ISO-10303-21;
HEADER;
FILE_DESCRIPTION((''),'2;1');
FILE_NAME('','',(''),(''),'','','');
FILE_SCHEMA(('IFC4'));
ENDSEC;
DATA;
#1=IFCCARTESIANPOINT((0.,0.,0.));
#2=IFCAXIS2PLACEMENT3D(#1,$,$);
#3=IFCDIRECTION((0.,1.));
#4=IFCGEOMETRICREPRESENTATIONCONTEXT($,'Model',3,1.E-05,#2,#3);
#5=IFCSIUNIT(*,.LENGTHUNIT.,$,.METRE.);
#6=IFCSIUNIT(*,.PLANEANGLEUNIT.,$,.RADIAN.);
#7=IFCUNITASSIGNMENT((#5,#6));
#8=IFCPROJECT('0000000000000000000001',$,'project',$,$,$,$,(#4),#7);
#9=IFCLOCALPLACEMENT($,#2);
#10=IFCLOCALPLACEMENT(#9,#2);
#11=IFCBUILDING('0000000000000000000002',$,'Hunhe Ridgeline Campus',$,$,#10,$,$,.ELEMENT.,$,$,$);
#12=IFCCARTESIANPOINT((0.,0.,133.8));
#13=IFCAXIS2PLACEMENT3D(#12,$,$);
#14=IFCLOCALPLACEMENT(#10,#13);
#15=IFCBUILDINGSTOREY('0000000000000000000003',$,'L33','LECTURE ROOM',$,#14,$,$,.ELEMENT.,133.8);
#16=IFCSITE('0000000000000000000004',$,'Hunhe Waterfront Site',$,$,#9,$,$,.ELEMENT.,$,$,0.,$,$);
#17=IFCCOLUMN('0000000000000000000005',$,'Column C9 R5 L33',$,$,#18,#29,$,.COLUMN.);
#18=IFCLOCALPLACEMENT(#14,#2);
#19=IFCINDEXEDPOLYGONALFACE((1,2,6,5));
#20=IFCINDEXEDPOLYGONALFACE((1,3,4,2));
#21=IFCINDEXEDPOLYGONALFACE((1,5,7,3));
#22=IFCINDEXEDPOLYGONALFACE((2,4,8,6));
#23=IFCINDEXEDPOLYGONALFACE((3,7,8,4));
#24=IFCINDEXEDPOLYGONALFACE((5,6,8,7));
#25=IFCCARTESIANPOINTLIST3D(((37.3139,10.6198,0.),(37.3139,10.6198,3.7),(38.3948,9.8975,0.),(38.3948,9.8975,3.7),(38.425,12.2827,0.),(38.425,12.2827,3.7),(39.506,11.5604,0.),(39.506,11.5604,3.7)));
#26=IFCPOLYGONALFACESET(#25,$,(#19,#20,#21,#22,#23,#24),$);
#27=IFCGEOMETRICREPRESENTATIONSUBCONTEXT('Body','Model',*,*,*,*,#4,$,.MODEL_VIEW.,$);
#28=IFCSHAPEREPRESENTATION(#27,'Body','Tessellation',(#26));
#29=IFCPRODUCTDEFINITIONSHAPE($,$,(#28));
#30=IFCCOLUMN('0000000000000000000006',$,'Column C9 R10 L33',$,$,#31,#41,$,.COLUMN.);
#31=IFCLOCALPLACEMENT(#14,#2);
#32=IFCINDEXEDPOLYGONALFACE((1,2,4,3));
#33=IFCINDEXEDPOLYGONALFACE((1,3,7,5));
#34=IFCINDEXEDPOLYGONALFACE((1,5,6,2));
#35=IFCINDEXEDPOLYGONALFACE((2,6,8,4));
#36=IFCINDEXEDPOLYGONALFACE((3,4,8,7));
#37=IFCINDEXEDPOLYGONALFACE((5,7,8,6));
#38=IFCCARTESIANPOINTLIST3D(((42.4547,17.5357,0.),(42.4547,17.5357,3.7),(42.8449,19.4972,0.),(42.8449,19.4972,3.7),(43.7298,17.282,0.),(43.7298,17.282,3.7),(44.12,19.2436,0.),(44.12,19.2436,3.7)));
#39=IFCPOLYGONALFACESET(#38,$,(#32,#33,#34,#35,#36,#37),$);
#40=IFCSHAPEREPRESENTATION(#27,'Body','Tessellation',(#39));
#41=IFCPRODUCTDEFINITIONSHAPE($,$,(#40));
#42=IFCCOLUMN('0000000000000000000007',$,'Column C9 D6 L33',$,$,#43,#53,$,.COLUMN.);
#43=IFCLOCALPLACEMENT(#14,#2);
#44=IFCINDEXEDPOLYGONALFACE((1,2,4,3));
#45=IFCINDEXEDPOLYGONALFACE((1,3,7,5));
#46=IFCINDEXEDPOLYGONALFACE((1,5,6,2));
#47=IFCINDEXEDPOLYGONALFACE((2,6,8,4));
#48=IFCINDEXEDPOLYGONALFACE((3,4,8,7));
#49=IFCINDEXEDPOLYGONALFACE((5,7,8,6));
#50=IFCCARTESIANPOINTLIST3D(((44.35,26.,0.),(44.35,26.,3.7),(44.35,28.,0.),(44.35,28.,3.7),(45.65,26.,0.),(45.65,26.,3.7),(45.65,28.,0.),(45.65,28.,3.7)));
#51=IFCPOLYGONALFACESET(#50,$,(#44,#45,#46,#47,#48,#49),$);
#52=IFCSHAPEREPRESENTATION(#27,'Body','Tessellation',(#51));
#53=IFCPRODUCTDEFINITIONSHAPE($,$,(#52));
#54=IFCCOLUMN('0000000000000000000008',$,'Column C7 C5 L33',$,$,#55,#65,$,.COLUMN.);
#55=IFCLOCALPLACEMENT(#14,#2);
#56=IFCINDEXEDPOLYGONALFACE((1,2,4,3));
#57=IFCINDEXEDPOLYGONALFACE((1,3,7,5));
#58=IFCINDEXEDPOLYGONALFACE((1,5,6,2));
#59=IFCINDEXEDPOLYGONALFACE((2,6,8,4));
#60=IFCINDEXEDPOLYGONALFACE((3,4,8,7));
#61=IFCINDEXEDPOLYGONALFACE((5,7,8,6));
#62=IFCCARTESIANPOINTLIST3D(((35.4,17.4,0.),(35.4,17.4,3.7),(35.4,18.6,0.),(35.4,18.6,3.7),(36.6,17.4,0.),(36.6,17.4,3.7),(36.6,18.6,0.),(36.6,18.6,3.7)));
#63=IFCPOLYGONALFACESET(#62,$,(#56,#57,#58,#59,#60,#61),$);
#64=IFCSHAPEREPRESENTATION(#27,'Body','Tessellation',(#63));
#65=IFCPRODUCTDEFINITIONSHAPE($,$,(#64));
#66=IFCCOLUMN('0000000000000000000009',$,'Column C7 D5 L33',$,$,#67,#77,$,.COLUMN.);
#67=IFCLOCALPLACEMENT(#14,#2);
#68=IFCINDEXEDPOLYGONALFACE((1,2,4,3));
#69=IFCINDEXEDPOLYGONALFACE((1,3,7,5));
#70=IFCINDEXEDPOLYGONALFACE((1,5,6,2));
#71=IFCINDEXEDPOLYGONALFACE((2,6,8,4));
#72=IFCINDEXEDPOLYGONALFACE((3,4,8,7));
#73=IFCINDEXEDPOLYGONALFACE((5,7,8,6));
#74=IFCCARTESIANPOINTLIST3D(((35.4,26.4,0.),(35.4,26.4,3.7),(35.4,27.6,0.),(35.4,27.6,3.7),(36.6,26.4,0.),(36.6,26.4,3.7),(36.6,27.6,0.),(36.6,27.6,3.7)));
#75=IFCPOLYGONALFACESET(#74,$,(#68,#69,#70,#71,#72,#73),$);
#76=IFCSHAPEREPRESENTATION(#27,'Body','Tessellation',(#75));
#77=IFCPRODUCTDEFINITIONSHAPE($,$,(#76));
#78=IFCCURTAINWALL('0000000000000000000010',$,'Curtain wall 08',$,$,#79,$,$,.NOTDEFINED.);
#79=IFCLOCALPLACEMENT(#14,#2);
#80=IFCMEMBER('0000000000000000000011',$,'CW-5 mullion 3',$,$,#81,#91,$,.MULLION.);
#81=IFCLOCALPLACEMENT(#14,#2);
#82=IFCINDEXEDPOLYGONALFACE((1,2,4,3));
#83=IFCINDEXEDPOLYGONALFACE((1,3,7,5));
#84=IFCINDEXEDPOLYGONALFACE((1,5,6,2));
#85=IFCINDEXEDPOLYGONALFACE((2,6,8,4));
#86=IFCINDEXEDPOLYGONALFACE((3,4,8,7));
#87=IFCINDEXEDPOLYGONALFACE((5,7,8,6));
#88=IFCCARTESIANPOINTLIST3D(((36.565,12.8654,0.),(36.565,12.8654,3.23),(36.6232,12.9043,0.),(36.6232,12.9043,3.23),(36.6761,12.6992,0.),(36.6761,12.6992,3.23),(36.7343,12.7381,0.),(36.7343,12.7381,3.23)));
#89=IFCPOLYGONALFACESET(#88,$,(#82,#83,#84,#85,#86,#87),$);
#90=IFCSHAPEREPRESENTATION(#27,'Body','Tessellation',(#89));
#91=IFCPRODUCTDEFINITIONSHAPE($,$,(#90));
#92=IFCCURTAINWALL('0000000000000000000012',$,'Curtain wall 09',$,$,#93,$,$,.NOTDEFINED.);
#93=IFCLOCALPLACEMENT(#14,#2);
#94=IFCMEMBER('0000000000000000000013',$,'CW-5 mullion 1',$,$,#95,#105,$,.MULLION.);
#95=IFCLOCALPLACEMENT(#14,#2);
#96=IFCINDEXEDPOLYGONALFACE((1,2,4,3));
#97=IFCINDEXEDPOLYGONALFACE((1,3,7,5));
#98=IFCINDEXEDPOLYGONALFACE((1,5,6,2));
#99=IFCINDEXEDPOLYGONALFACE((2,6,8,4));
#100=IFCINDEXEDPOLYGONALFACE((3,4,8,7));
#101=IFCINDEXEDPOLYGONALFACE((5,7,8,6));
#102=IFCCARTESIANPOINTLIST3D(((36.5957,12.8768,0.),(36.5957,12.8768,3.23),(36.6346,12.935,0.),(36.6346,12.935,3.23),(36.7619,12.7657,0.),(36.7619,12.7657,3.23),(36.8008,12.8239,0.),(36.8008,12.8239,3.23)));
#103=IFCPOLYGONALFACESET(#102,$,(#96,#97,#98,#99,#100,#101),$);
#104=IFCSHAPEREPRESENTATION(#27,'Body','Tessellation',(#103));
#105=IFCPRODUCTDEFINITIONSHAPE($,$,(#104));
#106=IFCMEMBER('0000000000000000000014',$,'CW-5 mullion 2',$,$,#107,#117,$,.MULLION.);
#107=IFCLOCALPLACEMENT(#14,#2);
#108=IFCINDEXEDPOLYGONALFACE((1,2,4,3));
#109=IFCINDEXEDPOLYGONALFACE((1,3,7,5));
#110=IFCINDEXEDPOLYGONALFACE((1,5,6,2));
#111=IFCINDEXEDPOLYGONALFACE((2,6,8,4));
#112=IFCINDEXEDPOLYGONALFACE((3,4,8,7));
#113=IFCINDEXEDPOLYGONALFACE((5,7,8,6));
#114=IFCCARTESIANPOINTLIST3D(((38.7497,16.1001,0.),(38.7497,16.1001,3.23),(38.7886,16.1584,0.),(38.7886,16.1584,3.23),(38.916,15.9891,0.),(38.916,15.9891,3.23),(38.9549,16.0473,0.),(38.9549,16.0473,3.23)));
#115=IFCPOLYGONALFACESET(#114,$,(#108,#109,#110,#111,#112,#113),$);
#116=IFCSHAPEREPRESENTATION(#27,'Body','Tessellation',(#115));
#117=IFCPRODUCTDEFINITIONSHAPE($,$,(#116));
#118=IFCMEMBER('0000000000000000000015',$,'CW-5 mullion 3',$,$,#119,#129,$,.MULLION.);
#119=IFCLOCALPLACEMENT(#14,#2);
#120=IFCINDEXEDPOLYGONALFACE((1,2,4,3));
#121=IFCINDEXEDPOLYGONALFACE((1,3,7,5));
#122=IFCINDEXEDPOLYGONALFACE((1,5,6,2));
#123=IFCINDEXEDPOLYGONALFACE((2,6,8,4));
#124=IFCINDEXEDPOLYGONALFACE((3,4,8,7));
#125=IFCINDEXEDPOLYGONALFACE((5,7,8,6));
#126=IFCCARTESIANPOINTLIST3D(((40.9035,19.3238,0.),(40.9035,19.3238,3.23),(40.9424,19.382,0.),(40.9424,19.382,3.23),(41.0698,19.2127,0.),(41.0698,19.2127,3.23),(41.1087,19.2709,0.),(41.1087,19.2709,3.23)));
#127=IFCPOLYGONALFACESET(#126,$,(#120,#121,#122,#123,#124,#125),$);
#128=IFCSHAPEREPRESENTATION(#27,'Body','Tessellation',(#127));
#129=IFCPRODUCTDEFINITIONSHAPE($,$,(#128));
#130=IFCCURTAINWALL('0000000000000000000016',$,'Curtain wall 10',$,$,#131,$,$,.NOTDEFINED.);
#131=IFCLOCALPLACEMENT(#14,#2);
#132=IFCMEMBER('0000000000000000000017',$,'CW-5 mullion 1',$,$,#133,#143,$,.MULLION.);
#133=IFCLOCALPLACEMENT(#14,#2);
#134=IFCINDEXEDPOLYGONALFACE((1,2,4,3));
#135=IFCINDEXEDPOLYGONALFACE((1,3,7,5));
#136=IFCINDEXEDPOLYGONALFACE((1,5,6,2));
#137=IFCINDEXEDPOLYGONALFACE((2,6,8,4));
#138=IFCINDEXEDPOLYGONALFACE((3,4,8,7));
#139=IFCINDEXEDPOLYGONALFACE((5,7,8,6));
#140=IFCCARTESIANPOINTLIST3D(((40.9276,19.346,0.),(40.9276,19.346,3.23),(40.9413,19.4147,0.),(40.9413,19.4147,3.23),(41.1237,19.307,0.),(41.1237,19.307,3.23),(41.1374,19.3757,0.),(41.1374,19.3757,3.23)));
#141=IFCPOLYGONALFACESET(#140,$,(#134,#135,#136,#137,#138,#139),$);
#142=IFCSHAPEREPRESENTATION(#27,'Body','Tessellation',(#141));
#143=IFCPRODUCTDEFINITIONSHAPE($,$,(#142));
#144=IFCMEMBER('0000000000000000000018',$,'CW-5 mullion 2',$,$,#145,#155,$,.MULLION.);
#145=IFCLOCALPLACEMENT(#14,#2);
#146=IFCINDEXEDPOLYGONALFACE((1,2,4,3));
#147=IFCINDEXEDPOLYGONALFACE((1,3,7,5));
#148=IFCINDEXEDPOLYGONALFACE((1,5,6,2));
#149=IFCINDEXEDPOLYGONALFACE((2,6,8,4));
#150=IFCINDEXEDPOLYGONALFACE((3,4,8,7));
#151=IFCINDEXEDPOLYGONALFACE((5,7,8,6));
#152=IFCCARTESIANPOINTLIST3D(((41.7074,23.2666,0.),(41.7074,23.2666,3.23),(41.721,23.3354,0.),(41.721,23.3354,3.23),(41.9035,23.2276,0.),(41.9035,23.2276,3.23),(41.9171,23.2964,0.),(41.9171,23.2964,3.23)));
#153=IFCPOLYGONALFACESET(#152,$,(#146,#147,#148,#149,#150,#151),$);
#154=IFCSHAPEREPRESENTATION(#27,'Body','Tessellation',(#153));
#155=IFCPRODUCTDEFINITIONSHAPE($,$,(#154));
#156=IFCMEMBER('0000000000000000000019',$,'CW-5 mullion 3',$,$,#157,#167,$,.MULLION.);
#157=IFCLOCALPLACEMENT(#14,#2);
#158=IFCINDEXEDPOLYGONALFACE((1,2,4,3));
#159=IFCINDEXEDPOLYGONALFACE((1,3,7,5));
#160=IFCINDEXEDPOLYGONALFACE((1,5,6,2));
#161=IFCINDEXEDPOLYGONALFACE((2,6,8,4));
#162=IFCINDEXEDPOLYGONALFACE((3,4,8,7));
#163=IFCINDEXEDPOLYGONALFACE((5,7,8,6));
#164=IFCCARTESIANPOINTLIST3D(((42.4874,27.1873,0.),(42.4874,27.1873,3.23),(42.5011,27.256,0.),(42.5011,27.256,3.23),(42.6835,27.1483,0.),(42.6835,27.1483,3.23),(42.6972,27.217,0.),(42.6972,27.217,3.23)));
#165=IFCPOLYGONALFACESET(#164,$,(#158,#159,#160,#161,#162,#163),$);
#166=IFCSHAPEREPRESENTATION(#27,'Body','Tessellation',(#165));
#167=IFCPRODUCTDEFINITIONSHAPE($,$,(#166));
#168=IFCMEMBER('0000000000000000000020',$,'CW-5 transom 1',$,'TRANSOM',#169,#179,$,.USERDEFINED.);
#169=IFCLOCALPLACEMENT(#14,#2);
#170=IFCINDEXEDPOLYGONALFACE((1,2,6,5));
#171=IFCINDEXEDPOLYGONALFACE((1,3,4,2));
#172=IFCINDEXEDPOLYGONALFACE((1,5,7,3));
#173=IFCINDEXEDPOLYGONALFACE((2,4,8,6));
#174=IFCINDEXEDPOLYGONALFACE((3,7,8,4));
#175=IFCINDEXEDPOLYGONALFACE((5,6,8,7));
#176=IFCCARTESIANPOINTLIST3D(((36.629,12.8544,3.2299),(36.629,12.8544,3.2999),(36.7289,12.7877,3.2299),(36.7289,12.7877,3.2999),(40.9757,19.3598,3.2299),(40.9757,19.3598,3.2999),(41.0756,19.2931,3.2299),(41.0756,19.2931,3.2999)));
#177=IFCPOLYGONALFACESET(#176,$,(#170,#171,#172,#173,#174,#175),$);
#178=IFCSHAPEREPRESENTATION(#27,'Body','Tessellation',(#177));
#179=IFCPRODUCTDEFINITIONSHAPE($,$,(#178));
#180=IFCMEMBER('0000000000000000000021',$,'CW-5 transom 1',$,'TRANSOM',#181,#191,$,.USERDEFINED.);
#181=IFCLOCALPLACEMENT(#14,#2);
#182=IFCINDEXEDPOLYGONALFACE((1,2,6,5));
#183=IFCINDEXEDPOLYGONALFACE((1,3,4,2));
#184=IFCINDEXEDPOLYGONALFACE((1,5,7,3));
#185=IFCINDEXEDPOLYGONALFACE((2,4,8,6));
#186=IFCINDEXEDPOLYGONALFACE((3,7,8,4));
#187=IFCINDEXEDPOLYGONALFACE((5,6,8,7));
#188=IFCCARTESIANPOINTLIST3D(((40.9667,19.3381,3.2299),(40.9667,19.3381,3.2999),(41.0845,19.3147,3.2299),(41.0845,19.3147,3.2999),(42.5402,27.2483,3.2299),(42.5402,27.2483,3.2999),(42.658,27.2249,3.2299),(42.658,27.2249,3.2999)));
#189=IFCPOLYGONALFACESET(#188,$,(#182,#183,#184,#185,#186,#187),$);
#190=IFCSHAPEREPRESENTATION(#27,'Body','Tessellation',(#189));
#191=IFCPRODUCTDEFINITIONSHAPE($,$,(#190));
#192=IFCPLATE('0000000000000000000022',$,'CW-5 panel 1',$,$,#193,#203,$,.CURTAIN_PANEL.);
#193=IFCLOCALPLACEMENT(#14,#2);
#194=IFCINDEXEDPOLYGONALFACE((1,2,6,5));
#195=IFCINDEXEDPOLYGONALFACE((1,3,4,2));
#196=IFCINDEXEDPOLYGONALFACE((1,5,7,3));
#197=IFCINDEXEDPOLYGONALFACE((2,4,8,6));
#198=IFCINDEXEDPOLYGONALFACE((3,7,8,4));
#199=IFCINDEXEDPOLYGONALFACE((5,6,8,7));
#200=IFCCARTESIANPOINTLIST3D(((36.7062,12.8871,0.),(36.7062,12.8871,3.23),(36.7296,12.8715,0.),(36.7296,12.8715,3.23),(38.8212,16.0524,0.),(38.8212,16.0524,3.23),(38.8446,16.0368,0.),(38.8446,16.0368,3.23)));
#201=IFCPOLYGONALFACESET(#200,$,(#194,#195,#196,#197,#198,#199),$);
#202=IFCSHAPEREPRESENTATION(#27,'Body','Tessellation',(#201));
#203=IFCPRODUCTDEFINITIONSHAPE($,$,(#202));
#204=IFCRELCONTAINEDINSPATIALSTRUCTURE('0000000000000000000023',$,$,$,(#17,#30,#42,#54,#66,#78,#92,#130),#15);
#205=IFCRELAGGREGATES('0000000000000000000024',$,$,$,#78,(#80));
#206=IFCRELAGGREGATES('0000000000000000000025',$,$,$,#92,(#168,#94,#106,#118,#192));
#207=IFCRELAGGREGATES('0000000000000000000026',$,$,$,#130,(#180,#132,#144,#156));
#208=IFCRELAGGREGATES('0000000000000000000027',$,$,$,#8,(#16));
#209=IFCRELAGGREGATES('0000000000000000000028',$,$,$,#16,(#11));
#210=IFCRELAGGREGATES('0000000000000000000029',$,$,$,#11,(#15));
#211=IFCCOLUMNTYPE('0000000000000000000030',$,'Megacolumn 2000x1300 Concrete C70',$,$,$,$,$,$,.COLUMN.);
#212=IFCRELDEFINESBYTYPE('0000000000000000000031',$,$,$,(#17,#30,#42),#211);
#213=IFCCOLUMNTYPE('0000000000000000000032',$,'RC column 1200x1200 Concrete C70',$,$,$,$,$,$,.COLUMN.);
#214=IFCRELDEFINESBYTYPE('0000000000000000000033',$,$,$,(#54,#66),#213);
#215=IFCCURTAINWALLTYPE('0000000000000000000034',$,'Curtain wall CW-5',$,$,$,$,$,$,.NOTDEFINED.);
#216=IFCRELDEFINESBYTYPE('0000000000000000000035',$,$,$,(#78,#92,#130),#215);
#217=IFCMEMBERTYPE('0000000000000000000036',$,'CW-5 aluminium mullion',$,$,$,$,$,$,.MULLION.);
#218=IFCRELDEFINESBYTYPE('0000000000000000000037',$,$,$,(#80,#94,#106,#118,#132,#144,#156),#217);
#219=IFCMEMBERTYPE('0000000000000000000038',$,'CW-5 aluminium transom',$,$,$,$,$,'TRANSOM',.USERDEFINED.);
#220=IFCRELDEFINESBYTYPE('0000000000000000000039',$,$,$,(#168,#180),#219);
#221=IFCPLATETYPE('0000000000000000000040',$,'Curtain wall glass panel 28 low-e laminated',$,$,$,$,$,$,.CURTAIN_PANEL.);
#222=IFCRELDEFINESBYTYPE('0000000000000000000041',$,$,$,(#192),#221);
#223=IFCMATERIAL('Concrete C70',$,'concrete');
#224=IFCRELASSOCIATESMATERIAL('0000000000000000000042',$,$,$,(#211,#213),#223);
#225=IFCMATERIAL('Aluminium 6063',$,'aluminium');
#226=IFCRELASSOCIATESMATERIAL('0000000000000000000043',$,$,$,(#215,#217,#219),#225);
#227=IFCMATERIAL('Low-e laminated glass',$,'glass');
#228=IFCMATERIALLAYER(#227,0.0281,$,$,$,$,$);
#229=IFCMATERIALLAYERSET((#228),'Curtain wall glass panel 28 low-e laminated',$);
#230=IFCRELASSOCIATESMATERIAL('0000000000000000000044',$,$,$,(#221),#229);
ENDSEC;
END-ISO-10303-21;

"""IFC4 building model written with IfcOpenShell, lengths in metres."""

from ifc_helpers import new_model, si_unit, direction, frame, origin, origin_2d, place, context, subcontext, project, spatial, rectangle, extrude, material, layer, layer_set, material_profile, profile_set, type_object, element, aggregate, save


model = new_model("IFC4")

# Units and contexts
model_context = context("Model", 3, precision=1e-05, world=origin(), true_north=direction((0.0, 1.0)))
body_context = subcontext(model_context, "Body", "Model", "MODEL_VIEW")
ifc_project = project(units=[si_unit("LENGTHUNIT", "METRE"), si_unit("PLANEANGLEUNIT", "RADIAN")], contexts=[model_context])

# Site, building, storey
site_placement = place(None, origin())
site = spatial("IfcSite", under=ifc_project, at=site_placement, Name="Hunhe Waterfront Site", CompositionType="ELEMENT", RefElevation=0.0)
building_placement = place(site_placement, origin())
building = spatial("IfcBuilding", under=site, at=building_placement, Name="Hunhe Ridgeline Campus", CompositionType="ELEMENT")
storey_placement = place(building_placement, frame((0.0, 0.0, 133.8)))
storey = spatial("IfcBuildingStorey", under=building, at=storey_placement, Name="L33", Description="LECTURE ROOM", CompositionType="ELEMENT", Elevation=133.8)

# Columns
ifc_material_1 = material(Name="Concrete C70", Category="concrete")
ifc_material_profile_1 = material_profile(ifc_material_1, rectangle(XDim=2.0, YDim=1.3, at=origin_2d()))
ifc_profile_set_1 = profile_set([ifc_material_profile_1], Name="Concrete C70")
column_type_1 = type_object("IfcColumnType", Name="Megacolumn 2000x1300 Concrete C70", PredefinedType="COLUMN", material=ifc_profile_set_1)
for number, where, z_axis, x_axis, name in (
    (1, (38.4099, 11.0901, 0.0), (0.0, 0.0, 1.0), (0.55557, 0.83147, 0.0), "Column C9 R5 L33"),
    (2, (43.2874, 18.3896, 0.0), (0.0, 0.0, 1.0), (0.19509, 0.980785, 0.0), "Column C9 R10 L33"),
    (3, (45.0, 27.0, 0.0), (0.0, 0.0, 1.0), (0.0, 1.0, 0.0), "Column C9 D6 L33"),
):
    element("IfcColumn", number, at=place(storey_placement, frame(where, z_axis=z_axis, x_axis=x_axis)), inside=storey, type_object=column_type_1, Name=name, PredefinedType="COLUMN", context=body_context, shape_type="SweptSolid", body=[
        extrude(rectangle(XDim=2.0, YDim=1.3, at=origin_2d()), origin(), (0.0, 0.0, 1.0), 3.7),
    ])
ifc_material_profile_2 = material_profile(ifc_material_1, rectangle(XDim=1.2, YDim=1.2, at=origin_2d()))
ifc_profile_set_2 = profile_set([ifc_material_profile_2], Name="Concrete C70")
column_type_2 = type_object("IfcColumnType", Name="RC column 1200x1200 Concrete C70", PredefinedType="COLUMN", material=ifc_profile_set_2)
for number, where, z_axis, x_axis, name in (
    (4, (36.0, 18.0, 0.0), (0.0, 0.0, 1.0), (1.0, 0.0, 0.0), "Column C7 C5 L33"),
    (5, (36.0, 27.0, 0.0), (0.0, 0.0, 1.0), (1.0, 0.0, 0.0), "Column C7 D5 L33"),
):
    element("IfcColumn", number, at=place(storey_placement, frame(where, z_axis=z_axis, x_axis=x_axis)), inside=storey, type_object=column_type_2, Name=name, PredefinedType="COLUMN", context=body_context, shape_type="SweptSolid", body=[
        extrude(rectangle(XDim=1.2, YDim=1.2, at=origin_2d()), origin(), (0.0, 0.0, 1.0), 3.7),
    ])

# Curtain wall, member
ifc_material_2 = material(Name="Aluminium 6063", Category="aluminium")
curtain_wall_type = type_object("IfcCurtainWallType", Name="Curtain wall CW-5", PredefinedType="NOTDEFINED", material=ifc_material_2)
curtain_wall_1_placement = place(storey_placement, origin())
curtain_wall_1 = element("IfcCurtainWall", 6, at=curtain_wall_1_placement, inside=storey, type_object=curtain_wall_type, Name="Curtain wall 08", PredefinedType="NOTDEFINED")
ifc_material_profile_3 = material_profile(ifc_material_2, rectangle(XDim=0.2, YDim=0.0701, at=origin_2d()))
ifc_profile_set_3 = profile_set([ifc_material_profile_3], Name="Aluminium 6063")
member_type_1 = type_object("IfcMemberType", Name="CW-5 aluminium mullion", PredefinedType="MULLION", material=ifc_profile_set_3)
member_1_placement = place(storey_placement, frame((36.6497, 12.8018, 0.0), z_axis=(0.0, 0.0, 1.0), x_axis=(-0.55557, 0.83147, 0.0)))
member_1 = element("IfcMember", 7, at=member_1_placement, type_object=member_type_1, Name="CW-5 mullion 3", PredefinedType="MULLION", context=body_context, shape_type="SweptSolid", body=[
    extrude(rectangle(XDim=0.2, YDim=0.0701, at=origin_2d()), origin(), (0.0, 0.0, 1.0), 3.23),
])
aggregate(curtain_wall_1, [member_1])

# Curtain walls, members
curtain_wall_2_placement = place(storey_placement, origin())
curtain_wall_2 = element("IfcCurtainWall", 8, at=curtain_wall_2_placement, inside=storey, type_object=curtain_wall_type, Name="Curtain wall 09", PredefinedType="NOTDEFINED")
member_2_placement = place(storey_placement, frame((36.6982, 12.8503, 0.0), z_axis=(0.0, 0.0, 1.0), x_axis=(-0.83147, 0.55557, 0.0)))
member_2 = element("IfcMember", 9, at=member_2_placement, type_object=member_type_1, Name="CW-5 mullion 1", PredefinedType="MULLION", context=body_context, shape_type="SweptSolid", body=[
    extrude(rectangle(XDim=0.2, YDim=0.0701, at=origin_2d()), origin(), (0.0, 0.0, 1.0), 3.23),
])
member_3_placement = place(storey_placement, frame((38.8523, 16.0737, 0.0), z_axis=(0.0, 0.0, 1.0), x_axis=(-0.83147, 0.55557, 0.0)))
member_3 = element("IfcMember", 10, at=member_3_placement, type_object=member_type_1, Name="CW-5 mullion 2", PredefinedType="MULLION", context=body_context, shape_type="SweptSolid", body=[
    extrude(rectangle(XDim=0.2, YDim=0.0701, at=origin_2d()), origin(), (0.0, 0.0, 1.0), 3.23),
])
member_4_placement = place(storey_placement, frame((41.0061, 19.2974, 0.0), z_axis=(0.0, 0.0, 1.0), x_axis=(-0.83147, 0.55557, 0.0)))
member_4 = element("IfcMember", 11, at=member_4_placement, type_object=member_type_1, Name="CW-5 mullion 3", PredefinedType="MULLION", context=body_context, shape_type="SweptSolid", body=[
    extrude(rectangle(XDim=0.2, YDim=0.0701, at=origin_2d()), origin(), (0.0, 0.0, 1.0), 3.23),
])
curtain_wall_3_placement = place(storey_placement, origin())
curtain_wall_3 = element("IfcCurtainWall", 12, at=curtain_wall_3_placement, inside=storey, type_object=curtain_wall_type, Name="Curtain wall 10", PredefinedType="NOTDEFINED")
member_5_placement = place(storey_placement, frame((41.0325, 19.3608, 0.0), z_axis=(0.0, 0.0, 1.0), x_axis=(-0.980785, 0.19509, 0.0)))
member_5 = element("IfcMember", 13, at=member_5_placement, type_object=member_type_1, Name="CW-5 mullion 1", PredefinedType="MULLION", context=body_context, shape_type="SweptSolid", body=[
    extrude(rectangle(XDim=0.2, YDim=0.0701, at=origin_2d()), origin(), (0.0, 0.0, 1.0), 3.23),
])
member_6_placement = place(storey_placement, frame((41.8123, 23.2815, 0.0), z_axis=(0.0, 0.0, 1.0), x_axis=(-0.980785, 0.19509, 0.0)))
member_6 = element("IfcMember", 14, at=member_6_placement, type_object=member_type_1, Name="CW-5 mullion 2", PredefinedType="MULLION", context=body_context, shape_type="SweptSolid", body=[
    extrude(rectangle(XDim=0.2, YDim=0.0701, at=origin_2d()), origin(), (0.0, 0.0, 1.0), 3.23),
])
member_7_placement = place(storey_placement, frame((42.5923, 27.2021, 0.0), z_axis=(0.0, 0.0, 1.0), x_axis=(-0.980785, 0.19509, 0.0)))
member_7 = element("IfcMember", 15, at=member_7_placement, type_object=member_type_1, Name="CW-5 mullion 3", PredefinedType="MULLION", context=body_context, shape_type="SweptSolid", body=[
    extrude(rectangle(XDim=0.2, YDim=0.0701, at=origin_2d()), origin(), (0.0, 0.0, 1.0), 3.23),
])

# Members
ifc_material_profile_4 = material_profile(ifc_material_2, rectangle(XDim=0.1201, YDim=0.0701, at=origin_2d()))
ifc_profile_set_4 = profile_set([ifc_material_profile_4], Name="Aluminium 6063")
member_type_2 = type_object("IfcMemberType", Name="CW-5 aluminium transom", ElementType="TRANSOM", PredefinedType="USERDEFINED", material=ifc_profile_set_4)
member_8_placement = place(storey_placement, frame((36.679, 12.821, 3.2649), z_axis=(0.555564, 0.831474, 0.0), x_axis=(-0.831474, 0.555564, 0.0)))
member_8 = element("IfcMember", 16, at=member_8_placement, type_object=member_type_2, Name="CW-5 transom 1", ObjectType="TRANSOM", PredefinedType="USERDEFINED", context=body_context, shape_type="SweptSolid", body=[
    extrude(rectangle(XDim=0.1201, YDim=0.0701, at=origin_2d()), origin(), (0.0, 0.0, 1.0), 7.824),
])
member_9_placement = place(storey_placement, frame((41.0256, 19.3264, 3.2649), z_axis=(0.195097, 0.980784, 0.0), x_axis=(-0.980784, 0.195097, 0.0)))
member_9 = element("IfcMember", 17, at=member_9_placement, type_object=member_type_2, Name="CW-5 transom 1", ObjectType="TRANSOM", PredefinedType="USERDEFINED", context=body_context, shape_type="SweptSolid", body=[
    extrude(rectangle(XDim=0.1201, YDim=0.0701, at=origin_2d()), origin(), (0.0, 0.0, 1.0), 8.0652),
])

# Plate
ifc_material_3 = material(Name="Low-e laminated glass", Category="glass")
ifc_layer_1 = layer(ifc_material_3, 0.0281)
ifc_layer_set_1 = layer_set([ifc_layer_1], Name="Curtain wall glass panel 28 low-e laminated")
plate_type = type_object("IfcPlateType", Name="Curtain wall glass panel 28 low-e laminated", PredefinedType="CURTAIN_PANEL", material=ifc_layer_set_1)
plate_1_placement = place(storey_placement, frame((37.7754, 14.4619, 0.0), z_axis=(0.0, 0.0, 1.0), x_axis=(0.55557, 0.83147, 0.0)))
plate_1 = element("IfcPlate", 18, at=plate_1_placement, type_object=plate_type, Name="CW-5 panel 1", PredefinedType="CURTAIN_PANEL", context=body_context, shape_type="SweptSolid", body=[
    extrude(rectangle(XDim=3.8069, YDim=0.0281, at=origin_2d()), origin(), (0.0, 0.0, 1.0), 3.23),
])
aggregate(curtain_wall_2, [member_8, member_2, member_3, member_4, plate_1])
aggregate(curtain_wall_3, [member_9, member_5, member_6, member_7])

save(model, "model.ifc")
